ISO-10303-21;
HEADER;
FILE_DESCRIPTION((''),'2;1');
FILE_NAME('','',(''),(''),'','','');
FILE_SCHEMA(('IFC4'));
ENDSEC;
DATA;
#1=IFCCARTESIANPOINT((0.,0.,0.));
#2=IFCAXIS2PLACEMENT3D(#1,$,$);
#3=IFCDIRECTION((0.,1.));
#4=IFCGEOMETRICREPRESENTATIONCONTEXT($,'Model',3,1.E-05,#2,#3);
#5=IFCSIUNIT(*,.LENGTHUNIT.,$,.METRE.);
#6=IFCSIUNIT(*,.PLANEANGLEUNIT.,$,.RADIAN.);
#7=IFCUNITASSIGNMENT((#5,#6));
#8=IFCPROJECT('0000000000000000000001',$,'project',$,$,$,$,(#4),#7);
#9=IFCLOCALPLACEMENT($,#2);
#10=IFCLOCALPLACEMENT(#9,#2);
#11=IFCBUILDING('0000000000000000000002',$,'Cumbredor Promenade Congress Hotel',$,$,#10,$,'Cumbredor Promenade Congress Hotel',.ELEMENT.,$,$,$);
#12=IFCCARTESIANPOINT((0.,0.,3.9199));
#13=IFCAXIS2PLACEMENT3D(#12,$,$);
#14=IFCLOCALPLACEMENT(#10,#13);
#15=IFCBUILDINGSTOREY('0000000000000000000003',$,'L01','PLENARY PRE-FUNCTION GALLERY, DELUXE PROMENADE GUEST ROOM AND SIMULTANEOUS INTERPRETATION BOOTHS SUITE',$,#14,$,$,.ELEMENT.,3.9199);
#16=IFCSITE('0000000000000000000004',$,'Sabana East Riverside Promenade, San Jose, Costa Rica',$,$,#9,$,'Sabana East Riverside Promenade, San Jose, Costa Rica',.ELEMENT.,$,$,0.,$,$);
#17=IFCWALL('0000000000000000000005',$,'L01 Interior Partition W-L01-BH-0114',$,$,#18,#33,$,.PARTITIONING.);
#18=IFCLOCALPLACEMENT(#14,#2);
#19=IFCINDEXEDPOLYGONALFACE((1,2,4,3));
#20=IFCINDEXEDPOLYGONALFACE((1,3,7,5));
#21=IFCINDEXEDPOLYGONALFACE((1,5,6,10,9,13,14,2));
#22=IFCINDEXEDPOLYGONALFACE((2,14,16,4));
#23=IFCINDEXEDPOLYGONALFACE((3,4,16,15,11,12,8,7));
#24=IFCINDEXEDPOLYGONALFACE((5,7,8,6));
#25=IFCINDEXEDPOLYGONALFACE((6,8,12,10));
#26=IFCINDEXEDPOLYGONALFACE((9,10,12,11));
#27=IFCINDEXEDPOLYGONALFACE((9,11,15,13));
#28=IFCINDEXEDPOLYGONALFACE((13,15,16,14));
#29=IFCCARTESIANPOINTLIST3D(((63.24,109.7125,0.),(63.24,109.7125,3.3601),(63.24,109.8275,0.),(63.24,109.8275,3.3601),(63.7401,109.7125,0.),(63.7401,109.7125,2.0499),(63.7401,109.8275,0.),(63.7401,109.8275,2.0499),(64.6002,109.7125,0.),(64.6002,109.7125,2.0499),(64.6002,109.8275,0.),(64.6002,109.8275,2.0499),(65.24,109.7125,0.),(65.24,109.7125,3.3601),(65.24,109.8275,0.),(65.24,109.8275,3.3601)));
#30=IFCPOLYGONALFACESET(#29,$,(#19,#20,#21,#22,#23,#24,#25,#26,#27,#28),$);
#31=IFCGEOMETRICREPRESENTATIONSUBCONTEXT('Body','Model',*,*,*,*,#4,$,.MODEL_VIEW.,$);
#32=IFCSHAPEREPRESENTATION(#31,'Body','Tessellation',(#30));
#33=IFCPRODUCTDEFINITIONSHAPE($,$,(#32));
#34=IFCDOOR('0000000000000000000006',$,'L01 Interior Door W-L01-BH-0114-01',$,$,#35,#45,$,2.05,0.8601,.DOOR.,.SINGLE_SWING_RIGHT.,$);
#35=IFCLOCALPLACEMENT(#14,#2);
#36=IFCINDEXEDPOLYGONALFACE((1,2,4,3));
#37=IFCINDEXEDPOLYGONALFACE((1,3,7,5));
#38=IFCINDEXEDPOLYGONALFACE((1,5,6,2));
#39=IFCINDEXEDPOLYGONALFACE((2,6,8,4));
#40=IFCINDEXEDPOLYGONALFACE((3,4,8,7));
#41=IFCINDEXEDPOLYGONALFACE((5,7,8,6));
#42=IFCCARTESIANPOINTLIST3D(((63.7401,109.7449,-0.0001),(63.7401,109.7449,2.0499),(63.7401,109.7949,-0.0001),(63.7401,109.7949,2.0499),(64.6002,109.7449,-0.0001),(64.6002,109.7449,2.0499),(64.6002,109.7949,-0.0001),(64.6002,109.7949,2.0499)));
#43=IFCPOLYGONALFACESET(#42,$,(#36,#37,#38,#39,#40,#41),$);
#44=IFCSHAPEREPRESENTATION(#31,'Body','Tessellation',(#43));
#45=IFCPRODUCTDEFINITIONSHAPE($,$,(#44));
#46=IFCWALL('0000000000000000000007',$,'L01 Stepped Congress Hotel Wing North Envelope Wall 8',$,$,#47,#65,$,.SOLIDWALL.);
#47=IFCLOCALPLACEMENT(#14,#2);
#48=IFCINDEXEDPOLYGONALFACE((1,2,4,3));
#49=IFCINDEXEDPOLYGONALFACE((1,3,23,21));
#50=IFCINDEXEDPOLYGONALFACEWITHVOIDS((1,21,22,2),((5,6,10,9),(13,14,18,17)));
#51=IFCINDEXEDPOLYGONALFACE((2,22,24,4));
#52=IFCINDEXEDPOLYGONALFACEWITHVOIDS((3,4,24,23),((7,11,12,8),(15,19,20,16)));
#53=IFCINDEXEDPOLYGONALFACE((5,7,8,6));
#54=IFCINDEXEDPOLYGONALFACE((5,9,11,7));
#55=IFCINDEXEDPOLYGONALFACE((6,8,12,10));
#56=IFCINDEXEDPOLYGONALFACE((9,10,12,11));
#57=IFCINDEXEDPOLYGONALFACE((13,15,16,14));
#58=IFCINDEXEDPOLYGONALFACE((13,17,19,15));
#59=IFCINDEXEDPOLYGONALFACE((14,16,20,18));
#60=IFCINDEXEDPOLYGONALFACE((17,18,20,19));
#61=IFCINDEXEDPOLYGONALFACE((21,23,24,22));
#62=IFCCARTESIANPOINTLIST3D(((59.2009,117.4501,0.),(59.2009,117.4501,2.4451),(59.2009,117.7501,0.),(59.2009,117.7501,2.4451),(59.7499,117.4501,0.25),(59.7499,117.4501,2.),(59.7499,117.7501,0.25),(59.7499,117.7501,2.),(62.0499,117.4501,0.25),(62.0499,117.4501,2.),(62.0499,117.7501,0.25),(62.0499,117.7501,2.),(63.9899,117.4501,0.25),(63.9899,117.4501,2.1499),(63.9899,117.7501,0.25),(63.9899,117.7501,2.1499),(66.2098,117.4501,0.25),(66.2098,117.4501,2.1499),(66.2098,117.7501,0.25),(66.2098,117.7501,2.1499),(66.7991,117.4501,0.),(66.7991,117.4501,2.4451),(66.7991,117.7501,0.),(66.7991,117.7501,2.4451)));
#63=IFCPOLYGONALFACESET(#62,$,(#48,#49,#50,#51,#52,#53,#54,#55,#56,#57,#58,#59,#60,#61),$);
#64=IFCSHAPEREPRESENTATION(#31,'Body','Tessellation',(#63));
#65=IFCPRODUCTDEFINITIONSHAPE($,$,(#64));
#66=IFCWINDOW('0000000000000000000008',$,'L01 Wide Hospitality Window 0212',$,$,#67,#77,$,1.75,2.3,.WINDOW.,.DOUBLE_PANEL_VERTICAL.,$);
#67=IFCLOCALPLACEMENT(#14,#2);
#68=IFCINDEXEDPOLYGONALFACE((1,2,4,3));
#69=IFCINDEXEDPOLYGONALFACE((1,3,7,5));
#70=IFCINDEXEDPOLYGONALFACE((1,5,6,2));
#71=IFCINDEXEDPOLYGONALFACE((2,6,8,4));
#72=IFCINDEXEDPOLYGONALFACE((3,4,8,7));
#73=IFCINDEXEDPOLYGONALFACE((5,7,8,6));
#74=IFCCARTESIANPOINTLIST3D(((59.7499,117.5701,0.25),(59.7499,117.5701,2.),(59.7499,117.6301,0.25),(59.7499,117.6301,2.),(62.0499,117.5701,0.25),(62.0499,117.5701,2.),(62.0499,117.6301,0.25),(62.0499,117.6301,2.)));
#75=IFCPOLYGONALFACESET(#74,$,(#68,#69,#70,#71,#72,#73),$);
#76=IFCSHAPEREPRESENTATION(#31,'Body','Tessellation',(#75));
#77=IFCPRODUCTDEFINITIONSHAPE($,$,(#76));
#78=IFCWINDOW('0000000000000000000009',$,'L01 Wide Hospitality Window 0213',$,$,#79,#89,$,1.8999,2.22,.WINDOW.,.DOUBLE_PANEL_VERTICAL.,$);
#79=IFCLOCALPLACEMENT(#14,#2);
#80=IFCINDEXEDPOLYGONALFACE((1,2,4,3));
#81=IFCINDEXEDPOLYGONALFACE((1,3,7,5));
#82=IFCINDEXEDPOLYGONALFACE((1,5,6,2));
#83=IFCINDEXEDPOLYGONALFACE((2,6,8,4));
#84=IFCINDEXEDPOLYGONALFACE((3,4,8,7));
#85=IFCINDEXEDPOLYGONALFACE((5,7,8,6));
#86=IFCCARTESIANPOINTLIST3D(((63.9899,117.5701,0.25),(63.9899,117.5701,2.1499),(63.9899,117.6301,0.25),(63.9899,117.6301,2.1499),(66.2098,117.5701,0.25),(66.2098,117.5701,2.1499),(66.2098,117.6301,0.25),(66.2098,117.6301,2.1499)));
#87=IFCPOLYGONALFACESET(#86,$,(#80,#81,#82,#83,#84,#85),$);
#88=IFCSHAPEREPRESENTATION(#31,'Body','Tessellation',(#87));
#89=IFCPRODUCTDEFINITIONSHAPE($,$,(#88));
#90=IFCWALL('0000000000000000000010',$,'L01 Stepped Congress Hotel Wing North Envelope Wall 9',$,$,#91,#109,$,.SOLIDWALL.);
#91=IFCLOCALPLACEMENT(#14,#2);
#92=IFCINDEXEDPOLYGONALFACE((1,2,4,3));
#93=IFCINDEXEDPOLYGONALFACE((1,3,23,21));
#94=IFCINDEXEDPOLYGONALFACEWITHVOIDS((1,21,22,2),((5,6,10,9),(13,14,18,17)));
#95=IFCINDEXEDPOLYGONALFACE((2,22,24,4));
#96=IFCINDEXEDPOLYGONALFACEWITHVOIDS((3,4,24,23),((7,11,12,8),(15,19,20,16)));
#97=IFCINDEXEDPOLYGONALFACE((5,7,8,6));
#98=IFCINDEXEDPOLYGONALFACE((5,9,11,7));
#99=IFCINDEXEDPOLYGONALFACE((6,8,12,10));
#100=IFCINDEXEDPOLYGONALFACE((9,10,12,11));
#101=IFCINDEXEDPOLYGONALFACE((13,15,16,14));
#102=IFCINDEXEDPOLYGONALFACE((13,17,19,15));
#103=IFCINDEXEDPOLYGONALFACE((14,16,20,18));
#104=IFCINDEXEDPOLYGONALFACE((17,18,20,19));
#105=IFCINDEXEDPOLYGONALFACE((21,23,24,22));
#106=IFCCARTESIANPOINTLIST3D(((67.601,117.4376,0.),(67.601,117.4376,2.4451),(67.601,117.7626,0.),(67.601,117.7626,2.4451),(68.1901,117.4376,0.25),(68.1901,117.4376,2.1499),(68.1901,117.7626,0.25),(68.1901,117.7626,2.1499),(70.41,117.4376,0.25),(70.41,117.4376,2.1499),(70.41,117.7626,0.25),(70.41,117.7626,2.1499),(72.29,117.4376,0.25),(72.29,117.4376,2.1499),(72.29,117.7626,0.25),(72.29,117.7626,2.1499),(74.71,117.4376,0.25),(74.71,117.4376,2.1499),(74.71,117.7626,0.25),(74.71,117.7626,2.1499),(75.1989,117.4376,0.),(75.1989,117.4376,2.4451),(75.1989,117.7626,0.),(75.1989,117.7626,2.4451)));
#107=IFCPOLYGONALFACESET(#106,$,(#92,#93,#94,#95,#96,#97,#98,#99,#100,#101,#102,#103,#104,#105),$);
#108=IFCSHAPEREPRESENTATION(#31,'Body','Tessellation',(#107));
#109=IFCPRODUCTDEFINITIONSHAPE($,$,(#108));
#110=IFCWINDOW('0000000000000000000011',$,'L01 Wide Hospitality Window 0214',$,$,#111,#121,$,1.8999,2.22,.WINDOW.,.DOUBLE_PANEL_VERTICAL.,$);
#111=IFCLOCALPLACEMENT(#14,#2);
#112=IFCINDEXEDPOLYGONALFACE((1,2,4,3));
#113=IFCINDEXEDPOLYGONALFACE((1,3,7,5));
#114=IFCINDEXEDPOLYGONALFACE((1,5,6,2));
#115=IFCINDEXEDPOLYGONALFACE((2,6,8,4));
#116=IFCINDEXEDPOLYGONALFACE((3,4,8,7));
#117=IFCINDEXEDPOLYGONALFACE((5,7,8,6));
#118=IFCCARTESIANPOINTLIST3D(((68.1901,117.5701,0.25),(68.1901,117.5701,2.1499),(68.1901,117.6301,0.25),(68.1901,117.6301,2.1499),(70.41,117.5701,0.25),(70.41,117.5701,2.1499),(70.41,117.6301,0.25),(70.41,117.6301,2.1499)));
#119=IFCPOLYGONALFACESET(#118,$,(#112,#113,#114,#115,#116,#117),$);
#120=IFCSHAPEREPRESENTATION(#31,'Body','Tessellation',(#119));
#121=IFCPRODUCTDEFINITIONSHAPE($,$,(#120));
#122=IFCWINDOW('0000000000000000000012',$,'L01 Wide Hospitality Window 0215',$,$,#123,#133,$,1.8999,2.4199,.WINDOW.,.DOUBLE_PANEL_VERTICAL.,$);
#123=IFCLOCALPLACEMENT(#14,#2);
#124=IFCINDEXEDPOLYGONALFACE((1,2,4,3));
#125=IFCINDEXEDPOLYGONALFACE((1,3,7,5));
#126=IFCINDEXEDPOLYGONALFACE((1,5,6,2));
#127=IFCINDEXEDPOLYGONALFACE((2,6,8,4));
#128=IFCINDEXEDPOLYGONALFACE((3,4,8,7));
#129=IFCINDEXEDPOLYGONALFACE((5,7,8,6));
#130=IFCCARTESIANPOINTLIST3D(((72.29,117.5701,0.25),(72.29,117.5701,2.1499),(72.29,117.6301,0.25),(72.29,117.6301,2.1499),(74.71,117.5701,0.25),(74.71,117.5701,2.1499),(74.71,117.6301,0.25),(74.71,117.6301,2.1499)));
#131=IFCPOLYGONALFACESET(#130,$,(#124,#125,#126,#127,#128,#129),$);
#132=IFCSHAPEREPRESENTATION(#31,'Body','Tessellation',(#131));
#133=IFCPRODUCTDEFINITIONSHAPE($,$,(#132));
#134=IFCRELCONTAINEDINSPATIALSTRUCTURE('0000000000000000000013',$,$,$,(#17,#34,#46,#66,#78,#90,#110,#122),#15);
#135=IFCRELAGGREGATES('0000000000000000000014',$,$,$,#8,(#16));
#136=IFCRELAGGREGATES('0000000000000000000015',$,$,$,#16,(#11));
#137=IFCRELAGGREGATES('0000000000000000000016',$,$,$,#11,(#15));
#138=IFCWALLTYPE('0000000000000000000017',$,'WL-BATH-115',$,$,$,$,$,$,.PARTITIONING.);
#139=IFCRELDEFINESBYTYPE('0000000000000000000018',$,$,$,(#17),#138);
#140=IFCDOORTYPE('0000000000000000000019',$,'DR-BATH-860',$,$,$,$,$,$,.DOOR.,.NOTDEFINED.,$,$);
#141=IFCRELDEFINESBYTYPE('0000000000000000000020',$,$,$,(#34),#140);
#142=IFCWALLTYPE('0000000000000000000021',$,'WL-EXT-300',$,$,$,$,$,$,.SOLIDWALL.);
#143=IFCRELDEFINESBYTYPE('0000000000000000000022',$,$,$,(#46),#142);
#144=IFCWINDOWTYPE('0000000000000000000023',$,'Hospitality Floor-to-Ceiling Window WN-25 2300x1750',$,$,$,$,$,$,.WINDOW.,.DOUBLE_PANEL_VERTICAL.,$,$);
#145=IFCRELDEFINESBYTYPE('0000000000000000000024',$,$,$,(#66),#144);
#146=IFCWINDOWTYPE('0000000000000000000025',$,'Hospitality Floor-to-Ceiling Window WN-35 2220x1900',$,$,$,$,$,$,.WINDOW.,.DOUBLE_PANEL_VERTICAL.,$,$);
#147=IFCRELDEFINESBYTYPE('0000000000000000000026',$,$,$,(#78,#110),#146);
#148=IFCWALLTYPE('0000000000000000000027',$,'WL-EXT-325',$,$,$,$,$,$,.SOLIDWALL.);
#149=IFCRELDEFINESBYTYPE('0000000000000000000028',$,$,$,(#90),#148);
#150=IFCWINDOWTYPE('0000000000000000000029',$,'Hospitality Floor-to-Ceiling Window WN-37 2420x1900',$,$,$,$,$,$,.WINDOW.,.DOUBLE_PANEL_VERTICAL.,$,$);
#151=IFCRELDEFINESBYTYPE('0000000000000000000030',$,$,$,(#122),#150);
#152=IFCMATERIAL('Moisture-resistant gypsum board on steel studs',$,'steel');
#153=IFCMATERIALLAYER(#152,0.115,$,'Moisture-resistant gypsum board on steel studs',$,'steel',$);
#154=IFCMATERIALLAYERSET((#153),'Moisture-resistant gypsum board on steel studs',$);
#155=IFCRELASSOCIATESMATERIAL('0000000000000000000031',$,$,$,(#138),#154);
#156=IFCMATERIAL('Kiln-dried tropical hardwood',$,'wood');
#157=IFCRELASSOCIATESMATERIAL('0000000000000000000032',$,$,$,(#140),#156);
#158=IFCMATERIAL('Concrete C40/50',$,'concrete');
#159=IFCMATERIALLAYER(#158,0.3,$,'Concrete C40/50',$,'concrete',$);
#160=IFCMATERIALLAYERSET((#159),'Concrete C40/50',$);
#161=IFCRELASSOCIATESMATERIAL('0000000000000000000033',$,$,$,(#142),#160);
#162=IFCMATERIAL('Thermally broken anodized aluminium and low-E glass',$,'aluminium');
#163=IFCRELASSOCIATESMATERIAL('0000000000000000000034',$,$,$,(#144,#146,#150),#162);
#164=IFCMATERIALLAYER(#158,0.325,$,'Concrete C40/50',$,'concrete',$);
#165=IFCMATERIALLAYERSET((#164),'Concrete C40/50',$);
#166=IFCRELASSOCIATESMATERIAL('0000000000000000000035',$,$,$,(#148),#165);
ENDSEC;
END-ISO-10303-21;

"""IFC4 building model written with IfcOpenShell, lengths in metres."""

from ifc_helpers import new_model, si_unit, direction, frame, frame_2d, origin, place, context, subcontext, project, spatial, rectangle, extrude, material, layer, layer_set, type_object, element, fill, save


model = new_model("IFC4")

# Units and contexts
model_context = context("Model", 3, precision=1e-05, world=origin(), true_north=direction((0.0, 1.0)))
body_context = subcontext(model_context, "Body", "Model", "MODEL_VIEW")
ifc_project = project(units=[si_unit("LENGTHUNIT", "METRE"), si_unit("PLANEANGLEUNIT", "RADIAN")], contexts=[model_context])

# Site, building, storey
site_placement = place(None, origin())
site = spatial("IfcSite", under=ifc_project, at=site_placement, Name="Sabana East Riverside Promenade, San Jose, Costa Rica", LongName="Sabana East Riverside Promenade, San Jose, Costa Rica", CompositionType="ELEMENT", RefElevation=0.0)
building_placement = place(site_placement, origin())
building = spatial("IfcBuilding", under=site, at=building_placement, Name="Cumbredor Promenade Congress Hotel", LongName="Cumbredor Promenade Congress Hotel", CompositionType="ELEMENT")
storey_placement = place(building_placement, frame((0.0, 0.0, 3.9199)))
storey = spatial("IfcBuildingStorey", under=building, at=storey_placement, Name="L01", Description="PLENARY PRE-FUNCTION GALLERY, DELUXE PROMENADE GUEST ROOM AND SIMULTANEOUS INTERPRETATION BOOTHS SUITE", CompositionType="ELEMENT", Elevation=3.9199)

# Shared definitions
ifc_material_1 = material(Name="Concrete C40/50", Category="concrete")

# Shared definitions
ifc_material_2 = material(Name="Thermally broken anodized aluminium and low-E glass", Category="aluminium")

# Shared definitions
ifc_material_3 = material(Name="Kiln-dried tropical hardwood", Category="wood")

# Wall, opening, door
ifc_material_4 = material(Name="Moisture-resistant gypsum board on steel studs", Category="steel")
ifc_layer_1 = layer(ifc_material_4, 0.115, Name="Moisture-resistant gypsum board on steel studs", Category="steel")
ifc_layer_set_1 = layer_set([ifc_layer_1], Name="Moisture-resistant gypsum board on steel studs")
wall_type_1 = type_object("IfcWallType", Name="WL-BATH-115", PredefinedType="PARTITIONING", material=ifc_layer_set_1)
door_type = type_object("IfcDoorType", Name="DR-BATH-860", OperationType="NOTDEFINED", PredefinedType="DOOR", material=ifc_material_3)
wall_1_placement = place(storey_placement, frame((63.24, 109.77, 0.0), z_axis=(0.0, 0.0, 1.0), x_axis=(1.0, 0.0, 0.0)))
wall_1 = element("IfcWall", 1, at=wall_1_placement, inside=storey, type_object=wall_type_1, Name="L01 Interior Partition W-L01-BH-0114", PredefinedType="PARTITIONING", context=body_context, shape_type="SweptSolid", body=[
    extrude(rectangle(XDim=2.0, YDim=0.115, at=frame_2d((1.0, 0.0))), origin(), (0.0, 0.0, 1.0), 3.3601),
])
opening_1_placement = place(wall_1_placement, frame((0.5, 0.0, 0.0)))
opening_1 = element("IfcOpeningElement", 2, at=opening_1_placement, cuts=wall_1, PredefinedType="OPENING", context=body_context, shape_type="SweptSolid", body=[
    extrude(rectangle(XDim=0.8601, YDim=2.05, at=frame_2d((0.4302, 1.0249))), frame((0.0, 0.0674, 0.0), z_axis=(0.0, -1.0, 0.0), x_axis=(1.0, 0.0, 0.0)), (0.0, 0.0, 1.0), 0.135),
])
door_1_placement = place(opening_1_placement, origin())
door_1 = element("IfcDoor", 3, at=door_1_placement, inside=storey, type_object=door_type, Name="L01 Interior Door W-L01-BH-0114-01", OperationType="SINGLE_SWING_RIGHT", OverallHeight=2.05, OverallWidth=0.8601, PredefinedType="DOOR", context=body_context, shape_type="SweptSolid", body=[
    extrude(rectangle(XDim=0.8601, YDim=2.05, at=frame_2d((0.4302, 1.0249))), frame((0.0, 0.0249, 0.0), z_axis=(0.0, -1.0, 0.0), x_axis=(1.0, 0.0, 0.0)), (0.0, 0.0, 1.0), 0.05),
])
fill(opening_1, door_1)

# Walls, openings, windows
ifc_layer_2 = layer(ifc_material_1, 0.3, Name="Concrete C40/50", Category="concrete")
ifc_layer_set_2 = layer_set([ifc_layer_2], Name="Concrete C40/50")
wall_type_2 = type_object("IfcWallType", Name="WL-EXT-300", PredefinedType="SOLIDWALL", material=ifc_layer_set_2)
wall_2_placement = place(storey_placement, frame((59.2009, 117.6001, 0.0), z_axis=(0.0, 0.0, 1.0), x_axis=(1.0, 0.0, 0.0)))
wall_2 = element("IfcWall", 4, at=wall_2_placement, inside=storey, type_object=wall_type_2, Name="L01 Stepped Congress Hotel Wing North Envelope Wall 8", PredefinedType="SOLIDWALL", context=body_context, shape_type="SweptSolid", body=[
    extrude(rectangle(XDim=7.5981, YDim=0.3, at=frame_2d((3.7991, 0.0))), origin(), (0.0, 0.0, 1.0), 2.4451),
])
opening_2_placement = place(wall_2_placement, frame((0.5491, 0.0, 0.25)))
opening_2 = element("IfcOpeningElement", 5, at=opening_2_placement, cuts=wall_2, PredefinedType="OPENING", context=body_context, shape_type="SweptSolid", body=[
    extrude(rectangle(XDim=2.3, YDim=1.75, at=frame_2d((1.1499, 0.875))), frame((0.0, 0.1602, 0.0), z_axis=(0.0, -1.0, 0.0), x_axis=(1.0, 0.0, 0.0)), (0.0, 0.0, 1.0), 0.3201),
])
opening_3_placement = place(wall_2_placement, frame((4.7891, 0.0, 0.25)))
opening_3 = element("IfcOpeningElement", 6, at=opening_3_placement, cuts=wall_2, PredefinedType="OPENING", context=body_context, shape_type="SweptSolid", body=[
    extrude(rectangle(XDim=2.22, YDim=1.8999, at=frame_2d((1.1099, 0.95))), frame((0.0, 0.1602, 0.0), z_axis=(0.0, -1.0, 0.0), x_axis=(1.0, 0.0, 0.0)), (0.0, 0.0, 1.0), 0.3201),
])
window_type_1 = type_object("IfcWindowType", Name="Hospitality Floor-to-Ceiling Window WN-25 2300x1750", PartitioningType="DOUBLE_PANEL_VERTICAL", PredefinedType="WINDOW", material=ifc_material_2)
window_1_placement = place(opening_2_placement, origin())
window_1 = element("IfcWindow", 7, at=window_1_placement, inside=storey, type_object=window_type_1, Name="L01 Wide Hospitality Window 0212", OverallHeight=1.75, OverallWidth=2.3, PartitioningType="DOUBLE_PANEL_VERTICAL", PredefinedType="WINDOW", context=body_context, shape_type="SweptSolid", body=[
    extrude(rectangle(XDim=2.3, YDim=1.75, at=frame_2d((1.1499, 0.875))), frame((0.0, 0.03, 0.0), z_axis=(0.0, -1.0, 0.0), x_axis=(1.0, 0.0, 0.0)), (0.0, 0.0, 1.0), 0.0601),
])
fill(opening_2, window_1)
window_type_2 = type_object("IfcWindowType", Name="Hospitality Floor-to-Ceiling Window WN-35 2220x1900", PartitioningType="DOUBLE_PANEL_VERTICAL", PredefinedType="WINDOW", material=ifc_material_2)
window_2_placement = place(opening_3_placement, origin())
window_2 = element("IfcWindow", 8, at=window_2_placement, inside=storey, type_object=window_type_2, Name="L01 Wide Hospitality Window 0213", OverallHeight=1.8999, OverallWidth=2.22, PartitioningType="DOUBLE_PANEL_VERTICAL", PredefinedType="WINDOW", context=body_context, shape_type="SweptSolid", body=[
    extrude(rectangle(XDim=2.22, YDim=1.8999, at=frame_2d((1.1099, 0.95))), frame((0.0, 0.03, 0.0), z_axis=(0.0, -1.0, 0.0), x_axis=(1.0, 0.0, 0.0)), (0.0, 0.0, 1.0), 0.0601),
])
fill(opening_3, window_2)
ifc_layer_3 = layer(ifc_material_1, 0.325, Name="Concrete C40/50", Category="concrete")
ifc_layer_set_3 = layer_set([ifc_layer_3], Name="Concrete C40/50")
wall_type_3 = type_object("IfcWallType", Name="WL-EXT-325", PredefinedType="SOLIDWALL", material=ifc_layer_set_3)
wall_3_placement = place(storey_placement, frame((67.6011, 117.6001, 0.0), z_axis=(0.0, 0.0, 1.0), x_axis=(1.0, 0.0, 0.0)))
wall_3 = element("IfcWall", 9, at=wall_3_placement, inside=storey, type_object=wall_type_3, Name="L01 Stepped Congress Hotel Wing North Envelope Wall 9", PredefinedType="SOLIDWALL", context=body_context, shape_type="SweptSolid", body=[
    extrude(rectangle(XDim=7.5979, YDim=0.325, at=frame_2d((3.7988, 0.0))), origin(), (0.0, 0.0, 1.0), 2.4451),
])
opening_4_placement = place(wall_3_placement, frame((0.5891, 0.0, 0.25)))
opening_4 = element("IfcOpeningElement", 10, at=opening_4_placement, cuts=wall_3, PredefinedType="OPENING", context=body_context, shape_type="SweptSolid", body=[
    extrude(rectangle(XDim=2.22, YDim=1.8999, at=frame_2d((1.1099, 0.95))), frame((0.0, 0.1724, 0.0), z_axis=(0.0, -1.0, 0.0), x_axis=(1.0, 0.0, 0.0)), (0.0, 0.0, 1.0), 0.345),
])
opening_5_placement = place(wall_3_placement, frame((4.689, 0.0, 0.25)))
opening_5 = element("IfcOpeningElement", 11, at=opening_5_placement, cuts=wall_3, PredefinedType="OPENING", context=body_context, shape_type="SweptSolid", body=[
    extrude(rectangle(XDim=2.4199, YDim=1.8999, at=frame_2d((1.21, 0.95))), frame((0.0, 0.1724, 0.0), z_axis=(0.0, -1.0, 0.0), x_axis=(1.0, 0.0, 0.0)), (0.0, 0.0, 1.0), 0.345),
])
window_3_placement = place(opening_4_placement, origin())
window_3 = element("IfcWindow", 12, at=window_3_placement, inside=storey, type_object=window_type_2, Name="L01 Wide Hospitality Window 0214", OverallHeight=1.8999, OverallWidth=2.22, PartitioningType="DOUBLE_PANEL_VERTICAL", PredefinedType="WINDOW", context=body_context, shape_type="SweptSolid", body=[
    extrude(rectangle(XDim=2.22, YDim=1.8999, at=frame_2d((1.1099, 0.95))), frame((0.0, 0.03, 0.0), z_axis=(0.0, -1.0, 0.0), x_axis=(1.0, 0.0, 0.0)), (0.0, 0.0, 1.0), 0.0601),
])
fill(opening_4, window_3)
window_type_3 = type_object("IfcWindowType", Name="Hospitality Floor-to-Ceiling Window WN-37 2420x1900", PartitioningType="DOUBLE_PANEL_VERTICAL", PredefinedType="WINDOW", material=ifc_material_2)
window_4_placement = place(opening_5_placement, origin())
window_4 = element("IfcWindow", 13, at=window_4_placement, inside=storey, type_object=window_type_3, Name="L01 Wide Hospitality Window 0215", OverallHeight=1.8999, OverallWidth=2.4199, PartitioningType="DOUBLE_PANEL_VERTICAL", PredefinedType="WINDOW", context=body_context, shape_type="SweptSolid", body=[
    extrude(rectangle(XDim=2.4199, YDim=1.8999, at=frame_2d((1.21, 0.95))), frame((0.0, 0.03, 0.0), z_axis=(0.0, -1.0, 0.0), x_axis=(1.0, 0.0, 0.0)), (0.0, 0.0, 1.0), 0.0601),
])
fill(opening_5, window_4)

save(model, "model.ifc")
